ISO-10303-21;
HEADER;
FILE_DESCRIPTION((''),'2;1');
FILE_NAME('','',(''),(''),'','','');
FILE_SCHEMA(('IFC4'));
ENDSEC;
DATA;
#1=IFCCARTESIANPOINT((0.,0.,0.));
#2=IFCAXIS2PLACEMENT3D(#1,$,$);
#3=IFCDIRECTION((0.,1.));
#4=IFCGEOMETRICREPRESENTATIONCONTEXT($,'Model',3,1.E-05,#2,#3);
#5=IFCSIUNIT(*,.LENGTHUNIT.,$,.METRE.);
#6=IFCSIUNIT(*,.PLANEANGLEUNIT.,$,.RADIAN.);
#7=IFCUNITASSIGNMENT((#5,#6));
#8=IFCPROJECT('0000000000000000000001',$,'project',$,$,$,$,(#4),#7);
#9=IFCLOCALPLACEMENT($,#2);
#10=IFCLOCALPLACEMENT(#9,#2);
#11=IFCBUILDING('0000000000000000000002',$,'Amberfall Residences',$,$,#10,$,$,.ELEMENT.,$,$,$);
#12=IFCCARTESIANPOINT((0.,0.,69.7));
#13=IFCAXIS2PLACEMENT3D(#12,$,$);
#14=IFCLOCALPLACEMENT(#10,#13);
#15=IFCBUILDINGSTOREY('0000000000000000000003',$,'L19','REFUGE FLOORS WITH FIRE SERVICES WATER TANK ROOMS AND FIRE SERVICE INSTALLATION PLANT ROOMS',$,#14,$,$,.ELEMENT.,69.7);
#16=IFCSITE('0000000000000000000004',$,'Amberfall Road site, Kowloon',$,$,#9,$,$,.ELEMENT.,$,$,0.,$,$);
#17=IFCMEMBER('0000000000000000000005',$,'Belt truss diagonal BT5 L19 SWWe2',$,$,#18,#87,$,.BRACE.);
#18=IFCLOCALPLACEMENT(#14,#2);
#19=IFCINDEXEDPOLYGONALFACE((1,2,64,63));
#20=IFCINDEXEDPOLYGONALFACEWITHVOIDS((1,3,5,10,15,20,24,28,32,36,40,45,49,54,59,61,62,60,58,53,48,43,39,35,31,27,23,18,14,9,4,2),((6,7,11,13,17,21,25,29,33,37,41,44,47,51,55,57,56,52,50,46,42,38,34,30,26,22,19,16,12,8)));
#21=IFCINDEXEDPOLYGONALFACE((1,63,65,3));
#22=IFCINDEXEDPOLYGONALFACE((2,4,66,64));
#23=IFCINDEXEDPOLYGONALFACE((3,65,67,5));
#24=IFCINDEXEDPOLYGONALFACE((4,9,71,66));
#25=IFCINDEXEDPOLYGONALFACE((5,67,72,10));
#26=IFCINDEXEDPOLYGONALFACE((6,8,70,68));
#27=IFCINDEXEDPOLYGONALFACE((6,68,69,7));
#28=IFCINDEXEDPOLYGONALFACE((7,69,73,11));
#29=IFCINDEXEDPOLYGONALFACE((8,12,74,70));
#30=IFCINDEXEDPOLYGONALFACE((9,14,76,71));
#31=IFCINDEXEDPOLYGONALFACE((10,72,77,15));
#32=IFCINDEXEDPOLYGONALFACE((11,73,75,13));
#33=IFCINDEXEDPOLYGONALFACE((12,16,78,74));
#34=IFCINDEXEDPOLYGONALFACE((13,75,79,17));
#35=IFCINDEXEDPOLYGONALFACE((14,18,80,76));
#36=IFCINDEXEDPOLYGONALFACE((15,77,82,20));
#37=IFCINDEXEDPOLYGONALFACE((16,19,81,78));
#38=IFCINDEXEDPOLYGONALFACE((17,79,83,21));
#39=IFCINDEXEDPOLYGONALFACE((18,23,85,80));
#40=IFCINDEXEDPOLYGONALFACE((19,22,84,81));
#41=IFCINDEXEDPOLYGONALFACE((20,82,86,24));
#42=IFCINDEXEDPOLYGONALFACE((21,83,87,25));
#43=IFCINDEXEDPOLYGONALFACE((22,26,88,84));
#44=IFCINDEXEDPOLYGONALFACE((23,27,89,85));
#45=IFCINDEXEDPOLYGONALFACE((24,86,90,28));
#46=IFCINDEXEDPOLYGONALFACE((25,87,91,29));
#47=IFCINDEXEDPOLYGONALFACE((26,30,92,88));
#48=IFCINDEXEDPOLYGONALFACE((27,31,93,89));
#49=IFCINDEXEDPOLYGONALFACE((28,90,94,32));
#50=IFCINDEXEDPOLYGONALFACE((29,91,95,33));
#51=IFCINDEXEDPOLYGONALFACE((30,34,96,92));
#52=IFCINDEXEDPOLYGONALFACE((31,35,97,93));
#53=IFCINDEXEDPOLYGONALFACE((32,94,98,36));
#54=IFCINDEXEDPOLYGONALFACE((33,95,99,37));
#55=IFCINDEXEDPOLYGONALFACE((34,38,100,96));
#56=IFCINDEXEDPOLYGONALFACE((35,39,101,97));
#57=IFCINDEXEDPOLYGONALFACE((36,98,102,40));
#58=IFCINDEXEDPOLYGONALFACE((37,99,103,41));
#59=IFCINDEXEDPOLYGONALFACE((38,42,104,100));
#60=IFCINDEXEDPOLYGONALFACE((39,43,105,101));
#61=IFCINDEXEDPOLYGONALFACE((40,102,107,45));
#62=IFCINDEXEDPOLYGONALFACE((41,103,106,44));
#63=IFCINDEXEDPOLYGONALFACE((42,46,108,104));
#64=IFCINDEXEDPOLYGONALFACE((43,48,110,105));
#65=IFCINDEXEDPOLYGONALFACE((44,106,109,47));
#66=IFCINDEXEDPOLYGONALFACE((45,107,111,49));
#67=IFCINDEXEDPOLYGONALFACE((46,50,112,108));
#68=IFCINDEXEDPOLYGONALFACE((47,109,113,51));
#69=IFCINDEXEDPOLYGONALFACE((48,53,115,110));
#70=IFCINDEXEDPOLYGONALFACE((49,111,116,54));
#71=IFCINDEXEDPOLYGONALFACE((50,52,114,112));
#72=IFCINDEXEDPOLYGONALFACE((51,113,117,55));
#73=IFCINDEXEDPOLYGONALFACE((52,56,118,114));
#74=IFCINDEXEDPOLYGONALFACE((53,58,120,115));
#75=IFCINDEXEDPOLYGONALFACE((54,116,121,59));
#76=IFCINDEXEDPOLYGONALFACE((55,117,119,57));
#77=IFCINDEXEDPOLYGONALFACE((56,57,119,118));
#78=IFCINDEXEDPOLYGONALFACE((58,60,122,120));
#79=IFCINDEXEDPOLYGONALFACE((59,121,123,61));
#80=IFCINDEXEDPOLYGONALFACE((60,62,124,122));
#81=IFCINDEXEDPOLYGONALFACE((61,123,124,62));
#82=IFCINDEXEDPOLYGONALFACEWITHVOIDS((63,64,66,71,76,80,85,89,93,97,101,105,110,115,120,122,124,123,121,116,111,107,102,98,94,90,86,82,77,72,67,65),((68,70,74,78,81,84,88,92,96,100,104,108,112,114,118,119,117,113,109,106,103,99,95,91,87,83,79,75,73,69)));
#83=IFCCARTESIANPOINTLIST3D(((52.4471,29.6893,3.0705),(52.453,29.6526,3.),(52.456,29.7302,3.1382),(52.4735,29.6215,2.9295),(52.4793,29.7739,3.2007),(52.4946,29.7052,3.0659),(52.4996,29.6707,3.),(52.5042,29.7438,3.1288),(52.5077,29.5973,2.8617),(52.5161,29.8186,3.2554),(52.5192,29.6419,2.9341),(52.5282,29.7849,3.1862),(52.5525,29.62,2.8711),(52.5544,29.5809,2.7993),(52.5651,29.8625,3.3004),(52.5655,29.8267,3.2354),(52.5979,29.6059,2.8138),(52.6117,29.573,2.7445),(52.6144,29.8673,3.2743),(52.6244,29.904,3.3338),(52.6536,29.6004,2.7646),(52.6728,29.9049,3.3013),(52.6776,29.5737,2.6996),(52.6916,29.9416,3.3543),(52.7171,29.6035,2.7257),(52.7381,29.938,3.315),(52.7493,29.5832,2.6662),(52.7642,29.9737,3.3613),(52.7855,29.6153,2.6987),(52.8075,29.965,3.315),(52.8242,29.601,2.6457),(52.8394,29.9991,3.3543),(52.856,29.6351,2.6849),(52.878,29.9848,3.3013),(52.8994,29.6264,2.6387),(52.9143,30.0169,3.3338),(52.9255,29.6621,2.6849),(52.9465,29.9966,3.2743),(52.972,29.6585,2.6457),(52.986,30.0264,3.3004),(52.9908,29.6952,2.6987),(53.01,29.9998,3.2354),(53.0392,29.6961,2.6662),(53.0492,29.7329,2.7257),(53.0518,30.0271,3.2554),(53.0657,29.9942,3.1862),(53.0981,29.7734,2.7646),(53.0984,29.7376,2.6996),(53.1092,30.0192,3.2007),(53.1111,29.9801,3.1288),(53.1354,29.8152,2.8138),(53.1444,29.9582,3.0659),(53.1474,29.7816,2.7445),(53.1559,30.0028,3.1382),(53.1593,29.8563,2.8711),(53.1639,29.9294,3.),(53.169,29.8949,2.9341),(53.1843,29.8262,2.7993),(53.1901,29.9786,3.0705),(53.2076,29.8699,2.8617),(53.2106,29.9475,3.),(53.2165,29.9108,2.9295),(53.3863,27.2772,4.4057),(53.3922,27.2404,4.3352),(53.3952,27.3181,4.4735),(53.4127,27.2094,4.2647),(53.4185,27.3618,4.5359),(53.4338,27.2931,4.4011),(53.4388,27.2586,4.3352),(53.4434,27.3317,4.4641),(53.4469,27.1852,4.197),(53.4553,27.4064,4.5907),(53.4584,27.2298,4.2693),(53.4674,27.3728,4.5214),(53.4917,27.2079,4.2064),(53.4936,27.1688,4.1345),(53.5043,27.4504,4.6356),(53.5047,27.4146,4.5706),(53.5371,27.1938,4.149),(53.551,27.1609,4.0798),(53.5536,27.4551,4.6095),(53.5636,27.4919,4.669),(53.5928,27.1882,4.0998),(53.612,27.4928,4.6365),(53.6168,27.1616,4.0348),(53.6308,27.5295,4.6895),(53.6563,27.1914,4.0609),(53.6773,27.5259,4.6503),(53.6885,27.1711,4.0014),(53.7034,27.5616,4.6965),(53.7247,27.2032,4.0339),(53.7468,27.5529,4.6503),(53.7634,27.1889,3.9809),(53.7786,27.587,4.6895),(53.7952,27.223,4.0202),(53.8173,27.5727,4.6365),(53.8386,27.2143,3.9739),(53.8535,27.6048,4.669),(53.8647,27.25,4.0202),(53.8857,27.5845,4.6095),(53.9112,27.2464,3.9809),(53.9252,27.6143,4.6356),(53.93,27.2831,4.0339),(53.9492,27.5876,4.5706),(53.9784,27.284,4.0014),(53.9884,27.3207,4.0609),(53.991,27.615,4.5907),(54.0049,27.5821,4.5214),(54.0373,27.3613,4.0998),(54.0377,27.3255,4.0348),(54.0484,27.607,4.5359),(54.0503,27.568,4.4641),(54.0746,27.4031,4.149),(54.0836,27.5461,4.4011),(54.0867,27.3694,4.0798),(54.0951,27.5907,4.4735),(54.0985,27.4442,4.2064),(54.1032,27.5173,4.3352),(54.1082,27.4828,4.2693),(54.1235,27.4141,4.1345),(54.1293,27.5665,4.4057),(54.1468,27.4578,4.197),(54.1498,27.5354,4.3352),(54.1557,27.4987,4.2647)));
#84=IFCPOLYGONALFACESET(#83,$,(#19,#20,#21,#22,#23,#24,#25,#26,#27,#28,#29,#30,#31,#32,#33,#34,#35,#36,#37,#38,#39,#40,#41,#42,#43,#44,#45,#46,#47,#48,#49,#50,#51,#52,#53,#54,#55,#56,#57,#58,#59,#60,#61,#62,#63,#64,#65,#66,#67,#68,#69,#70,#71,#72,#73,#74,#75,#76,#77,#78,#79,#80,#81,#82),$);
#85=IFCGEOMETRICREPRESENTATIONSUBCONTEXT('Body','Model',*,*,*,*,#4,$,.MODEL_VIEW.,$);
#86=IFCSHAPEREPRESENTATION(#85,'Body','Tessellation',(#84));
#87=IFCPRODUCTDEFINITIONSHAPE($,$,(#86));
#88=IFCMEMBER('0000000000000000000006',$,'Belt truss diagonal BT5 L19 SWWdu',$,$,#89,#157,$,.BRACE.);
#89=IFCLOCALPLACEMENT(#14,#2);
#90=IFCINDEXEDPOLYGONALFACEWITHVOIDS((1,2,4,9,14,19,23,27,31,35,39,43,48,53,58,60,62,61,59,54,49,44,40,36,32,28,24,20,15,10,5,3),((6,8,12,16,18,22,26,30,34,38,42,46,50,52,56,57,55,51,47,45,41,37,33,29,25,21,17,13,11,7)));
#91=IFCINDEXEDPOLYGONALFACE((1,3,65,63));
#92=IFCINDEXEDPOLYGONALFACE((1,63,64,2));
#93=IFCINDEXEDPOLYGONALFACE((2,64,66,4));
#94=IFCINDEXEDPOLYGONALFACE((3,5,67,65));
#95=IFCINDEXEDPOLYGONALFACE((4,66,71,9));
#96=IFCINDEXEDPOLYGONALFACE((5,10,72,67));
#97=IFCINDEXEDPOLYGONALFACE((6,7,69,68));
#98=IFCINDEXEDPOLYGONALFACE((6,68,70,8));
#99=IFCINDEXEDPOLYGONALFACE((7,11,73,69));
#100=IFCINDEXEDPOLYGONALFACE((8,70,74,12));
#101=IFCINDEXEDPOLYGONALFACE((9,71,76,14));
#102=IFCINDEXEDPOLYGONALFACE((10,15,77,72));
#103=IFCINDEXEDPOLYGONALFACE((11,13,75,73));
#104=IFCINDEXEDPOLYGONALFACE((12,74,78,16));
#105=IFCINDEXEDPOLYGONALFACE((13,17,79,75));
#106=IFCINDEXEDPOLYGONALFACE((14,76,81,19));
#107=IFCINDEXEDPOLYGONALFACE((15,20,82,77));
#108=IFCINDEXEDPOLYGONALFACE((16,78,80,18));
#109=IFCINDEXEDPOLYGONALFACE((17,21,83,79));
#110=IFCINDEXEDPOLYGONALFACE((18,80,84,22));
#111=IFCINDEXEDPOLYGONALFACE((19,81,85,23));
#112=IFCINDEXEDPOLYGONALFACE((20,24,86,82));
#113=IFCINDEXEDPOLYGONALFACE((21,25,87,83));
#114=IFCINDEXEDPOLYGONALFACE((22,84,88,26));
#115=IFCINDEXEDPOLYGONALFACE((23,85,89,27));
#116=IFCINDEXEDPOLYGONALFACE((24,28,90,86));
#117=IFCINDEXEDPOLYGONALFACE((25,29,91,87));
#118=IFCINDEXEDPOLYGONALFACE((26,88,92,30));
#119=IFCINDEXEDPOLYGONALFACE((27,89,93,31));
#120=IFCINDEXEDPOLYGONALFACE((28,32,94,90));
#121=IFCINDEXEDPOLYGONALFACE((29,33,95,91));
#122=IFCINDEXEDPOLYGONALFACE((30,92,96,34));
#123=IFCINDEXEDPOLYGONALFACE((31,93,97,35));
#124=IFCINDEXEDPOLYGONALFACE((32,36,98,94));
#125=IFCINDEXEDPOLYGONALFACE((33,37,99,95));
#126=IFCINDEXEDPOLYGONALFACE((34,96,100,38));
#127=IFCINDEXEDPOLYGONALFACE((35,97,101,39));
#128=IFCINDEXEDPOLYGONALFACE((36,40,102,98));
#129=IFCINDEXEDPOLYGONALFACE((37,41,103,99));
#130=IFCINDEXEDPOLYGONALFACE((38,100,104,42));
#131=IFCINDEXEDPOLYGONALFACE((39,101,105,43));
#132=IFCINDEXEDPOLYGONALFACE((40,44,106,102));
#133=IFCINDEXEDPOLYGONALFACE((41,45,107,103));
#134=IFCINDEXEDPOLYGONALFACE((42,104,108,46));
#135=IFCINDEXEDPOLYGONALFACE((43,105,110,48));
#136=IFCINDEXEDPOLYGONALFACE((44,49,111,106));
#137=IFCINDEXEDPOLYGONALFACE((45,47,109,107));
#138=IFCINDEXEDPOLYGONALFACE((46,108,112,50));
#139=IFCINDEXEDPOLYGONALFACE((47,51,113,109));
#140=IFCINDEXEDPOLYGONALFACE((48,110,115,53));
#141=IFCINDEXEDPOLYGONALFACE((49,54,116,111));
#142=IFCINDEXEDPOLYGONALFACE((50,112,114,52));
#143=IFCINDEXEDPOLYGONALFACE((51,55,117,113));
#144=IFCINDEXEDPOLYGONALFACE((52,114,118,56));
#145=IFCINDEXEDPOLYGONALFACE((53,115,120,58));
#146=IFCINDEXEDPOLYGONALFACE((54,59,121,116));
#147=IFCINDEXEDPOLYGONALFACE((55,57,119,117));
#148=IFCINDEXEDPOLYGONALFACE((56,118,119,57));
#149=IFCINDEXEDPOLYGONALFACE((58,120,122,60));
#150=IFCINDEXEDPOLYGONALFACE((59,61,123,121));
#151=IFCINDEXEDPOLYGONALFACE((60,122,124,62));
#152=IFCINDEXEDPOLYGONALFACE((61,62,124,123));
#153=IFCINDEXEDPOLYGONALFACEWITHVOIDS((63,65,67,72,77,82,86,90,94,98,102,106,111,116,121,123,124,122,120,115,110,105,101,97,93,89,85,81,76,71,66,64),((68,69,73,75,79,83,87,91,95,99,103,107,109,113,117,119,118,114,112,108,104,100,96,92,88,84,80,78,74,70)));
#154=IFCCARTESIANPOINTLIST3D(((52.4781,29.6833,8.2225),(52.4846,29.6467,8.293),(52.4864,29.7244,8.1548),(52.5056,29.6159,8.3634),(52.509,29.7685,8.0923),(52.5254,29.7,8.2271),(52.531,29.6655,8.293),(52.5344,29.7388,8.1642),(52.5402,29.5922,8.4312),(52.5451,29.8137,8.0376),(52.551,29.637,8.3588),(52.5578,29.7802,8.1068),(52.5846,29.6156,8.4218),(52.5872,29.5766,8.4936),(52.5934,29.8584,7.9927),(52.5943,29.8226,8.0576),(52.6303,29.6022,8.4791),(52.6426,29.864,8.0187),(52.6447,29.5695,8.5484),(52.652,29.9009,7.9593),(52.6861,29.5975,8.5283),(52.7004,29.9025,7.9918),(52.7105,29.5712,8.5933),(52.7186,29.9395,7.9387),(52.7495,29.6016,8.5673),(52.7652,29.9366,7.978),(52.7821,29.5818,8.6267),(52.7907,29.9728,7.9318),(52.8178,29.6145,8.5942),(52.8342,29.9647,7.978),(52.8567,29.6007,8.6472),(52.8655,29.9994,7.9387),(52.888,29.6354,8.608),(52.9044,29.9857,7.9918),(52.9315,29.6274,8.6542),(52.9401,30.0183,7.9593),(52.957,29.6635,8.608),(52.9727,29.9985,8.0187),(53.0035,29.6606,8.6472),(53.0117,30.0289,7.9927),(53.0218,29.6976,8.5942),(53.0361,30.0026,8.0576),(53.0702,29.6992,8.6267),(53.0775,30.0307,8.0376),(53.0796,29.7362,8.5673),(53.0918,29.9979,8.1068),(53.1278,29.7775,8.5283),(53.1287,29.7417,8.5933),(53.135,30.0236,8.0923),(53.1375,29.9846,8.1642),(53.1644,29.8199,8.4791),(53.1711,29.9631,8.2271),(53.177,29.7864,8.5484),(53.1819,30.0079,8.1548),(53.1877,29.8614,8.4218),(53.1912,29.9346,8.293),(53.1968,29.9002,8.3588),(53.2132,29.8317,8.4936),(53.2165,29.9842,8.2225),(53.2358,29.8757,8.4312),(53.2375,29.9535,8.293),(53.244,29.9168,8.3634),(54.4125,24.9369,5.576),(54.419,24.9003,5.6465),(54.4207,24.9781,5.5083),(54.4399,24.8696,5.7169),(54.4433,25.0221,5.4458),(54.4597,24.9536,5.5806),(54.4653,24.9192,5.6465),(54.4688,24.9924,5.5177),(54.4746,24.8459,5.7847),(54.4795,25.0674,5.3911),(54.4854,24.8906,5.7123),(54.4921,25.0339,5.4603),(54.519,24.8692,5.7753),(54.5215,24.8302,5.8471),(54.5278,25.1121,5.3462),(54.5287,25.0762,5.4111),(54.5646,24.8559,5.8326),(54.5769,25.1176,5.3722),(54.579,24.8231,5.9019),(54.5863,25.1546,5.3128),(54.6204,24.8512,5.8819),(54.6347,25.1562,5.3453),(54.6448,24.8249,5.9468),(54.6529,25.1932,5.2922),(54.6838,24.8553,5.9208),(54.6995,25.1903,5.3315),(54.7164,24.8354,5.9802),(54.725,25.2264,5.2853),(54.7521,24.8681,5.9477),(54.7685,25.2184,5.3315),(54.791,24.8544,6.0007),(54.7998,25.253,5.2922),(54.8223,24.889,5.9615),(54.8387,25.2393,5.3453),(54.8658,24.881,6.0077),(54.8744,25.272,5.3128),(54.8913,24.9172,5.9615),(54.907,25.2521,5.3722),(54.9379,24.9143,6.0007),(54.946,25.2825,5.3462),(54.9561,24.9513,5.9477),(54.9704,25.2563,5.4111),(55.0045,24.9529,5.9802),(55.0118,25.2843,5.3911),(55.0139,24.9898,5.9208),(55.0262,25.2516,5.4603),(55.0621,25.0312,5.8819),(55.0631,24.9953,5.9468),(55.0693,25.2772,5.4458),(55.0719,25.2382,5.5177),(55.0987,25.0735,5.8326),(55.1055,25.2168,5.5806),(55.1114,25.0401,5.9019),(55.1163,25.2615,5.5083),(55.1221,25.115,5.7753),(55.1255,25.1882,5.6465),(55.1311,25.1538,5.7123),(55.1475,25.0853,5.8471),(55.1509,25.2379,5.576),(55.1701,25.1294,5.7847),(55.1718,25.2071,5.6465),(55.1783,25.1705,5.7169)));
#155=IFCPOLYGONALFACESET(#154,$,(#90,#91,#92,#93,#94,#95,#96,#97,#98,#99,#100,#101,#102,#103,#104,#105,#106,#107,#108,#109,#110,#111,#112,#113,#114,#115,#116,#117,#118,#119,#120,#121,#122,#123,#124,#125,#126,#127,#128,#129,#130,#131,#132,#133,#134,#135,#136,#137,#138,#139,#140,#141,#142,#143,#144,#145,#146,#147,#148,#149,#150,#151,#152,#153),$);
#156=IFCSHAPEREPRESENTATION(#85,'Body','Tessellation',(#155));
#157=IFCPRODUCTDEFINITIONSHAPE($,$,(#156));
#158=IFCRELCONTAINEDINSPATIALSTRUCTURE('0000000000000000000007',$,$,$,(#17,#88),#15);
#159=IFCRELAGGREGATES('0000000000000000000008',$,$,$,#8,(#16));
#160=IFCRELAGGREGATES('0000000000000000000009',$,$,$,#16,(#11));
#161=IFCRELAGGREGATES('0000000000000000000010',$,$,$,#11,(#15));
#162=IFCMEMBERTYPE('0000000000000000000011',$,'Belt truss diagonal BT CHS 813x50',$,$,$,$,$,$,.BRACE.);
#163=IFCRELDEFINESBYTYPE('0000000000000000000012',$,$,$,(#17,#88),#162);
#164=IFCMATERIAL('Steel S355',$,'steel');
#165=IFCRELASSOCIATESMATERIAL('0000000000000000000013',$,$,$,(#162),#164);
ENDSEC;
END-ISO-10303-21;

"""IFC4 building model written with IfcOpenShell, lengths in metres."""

from ifc_helpers import new_model, si_unit, direction, frame, origin, origin_2d, place, context, subcontext, project, spatial, hollow_circle, extrude, material, material_profile, profile_set, type_object, element, save


model = new_model("IFC4")

# Units and contexts
model_context = context("Model", 3, precision=1e-05, world=origin(), true_north=direction((0.0, 1.0)))
body_context = subcontext(model_context, "Body", "Model", "MODEL_VIEW")
ifc_project = project(units=[si_unit("LENGTHUNIT", "METRE"), si_unit("PLANEANGLEUNIT", "RADIAN")], contexts=[model_context])

# Site, building, storey
site_placement = place(None, origin())
site = spatial("IfcSite", under=ifc_project, at=site_placement, Name="Amberfall Road site, Kowloon", CompositionType="ELEMENT", RefElevation=0.0)
building_placement = place(site_placement, origin())
building = spatial("IfcBuilding", under=site, at=building_placement, Name="Amberfall Residences", CompositionType="ELEMENT")
storey_placement = place(building_placement, frame((0.0, 0.0, 69.7)))
storey = spatial("IfcBuildingStorey", under=building, at=storey_placement, Name="L19", Description="REFUGE FLOORS WITH FIRE SERVICES WATER TANK ROOMS AND FIRE SERVICE INSTALLATION PLANT ROOMS", CompositionType="ELEMENT", Elevation=69.7)

# Shared definitions
ifc_material_1 = material(Name="Steel S355", Category="steel")

# Members
ifc_material_profile_1 = material_profile(ifc_material_1, hollow_circle(Radius=0.4065, WallThickness=0.05, at=origin_2d()), Name="CHS 813x50")
ifc_profile_set_1 = profile_set([ifc_material_profile_1], Name="Steel S355")
member_type = type_object("IfcMemberType", Name="Belt truss diagonal BT CHS 813x50", PredefinedType="BRACE", material=ifc_profile_set_1)
member_1_placement = place(storey_placement, frame((53.771, 27.3879, 4.3352), z_axis=(-0.322466, 0.828168, -0.458426), x_axis=(-0.931852, -0.362838, 0.0)))
element("IfcMember", 1, at=member_1_placement, inside=storey, type_object=member_type, Name="Belt truss diagonal BT5 L19 SWWe2", PredefinedType="BRACE", context=body_context, shape_type="SweptSolid", body=[
    extrude(hollow_circle(Radius=0.4065, WallThickness=0.05, at=origin_2d()), origin(), (0.0, 0.0, 1.0), 2.9126),
])
member_2_placement = place(storey_placement, frame((54.7954, 25.0537, 5.6465), z_axis=(-0.335338, 0.822832, 0.458798), x_axis=(-0.926049, -0.377403, 0.0)))
element("IfcMember", 2, at=member_2_placement, inside=storey, type_object=member_type, Name="Belt truss diagonal BT5 L19 SWWdu", PredefinedType="BRACE", context=body_context, shape_type="SweptSolid", body=[
    extrude(hollow_circle(Radius=0.4065, WallThickness=0.05, at=origin_2d()), origin(), (0.0, 0.0, 1.0), 5.7683),
])

save(model, "model.ifc")
